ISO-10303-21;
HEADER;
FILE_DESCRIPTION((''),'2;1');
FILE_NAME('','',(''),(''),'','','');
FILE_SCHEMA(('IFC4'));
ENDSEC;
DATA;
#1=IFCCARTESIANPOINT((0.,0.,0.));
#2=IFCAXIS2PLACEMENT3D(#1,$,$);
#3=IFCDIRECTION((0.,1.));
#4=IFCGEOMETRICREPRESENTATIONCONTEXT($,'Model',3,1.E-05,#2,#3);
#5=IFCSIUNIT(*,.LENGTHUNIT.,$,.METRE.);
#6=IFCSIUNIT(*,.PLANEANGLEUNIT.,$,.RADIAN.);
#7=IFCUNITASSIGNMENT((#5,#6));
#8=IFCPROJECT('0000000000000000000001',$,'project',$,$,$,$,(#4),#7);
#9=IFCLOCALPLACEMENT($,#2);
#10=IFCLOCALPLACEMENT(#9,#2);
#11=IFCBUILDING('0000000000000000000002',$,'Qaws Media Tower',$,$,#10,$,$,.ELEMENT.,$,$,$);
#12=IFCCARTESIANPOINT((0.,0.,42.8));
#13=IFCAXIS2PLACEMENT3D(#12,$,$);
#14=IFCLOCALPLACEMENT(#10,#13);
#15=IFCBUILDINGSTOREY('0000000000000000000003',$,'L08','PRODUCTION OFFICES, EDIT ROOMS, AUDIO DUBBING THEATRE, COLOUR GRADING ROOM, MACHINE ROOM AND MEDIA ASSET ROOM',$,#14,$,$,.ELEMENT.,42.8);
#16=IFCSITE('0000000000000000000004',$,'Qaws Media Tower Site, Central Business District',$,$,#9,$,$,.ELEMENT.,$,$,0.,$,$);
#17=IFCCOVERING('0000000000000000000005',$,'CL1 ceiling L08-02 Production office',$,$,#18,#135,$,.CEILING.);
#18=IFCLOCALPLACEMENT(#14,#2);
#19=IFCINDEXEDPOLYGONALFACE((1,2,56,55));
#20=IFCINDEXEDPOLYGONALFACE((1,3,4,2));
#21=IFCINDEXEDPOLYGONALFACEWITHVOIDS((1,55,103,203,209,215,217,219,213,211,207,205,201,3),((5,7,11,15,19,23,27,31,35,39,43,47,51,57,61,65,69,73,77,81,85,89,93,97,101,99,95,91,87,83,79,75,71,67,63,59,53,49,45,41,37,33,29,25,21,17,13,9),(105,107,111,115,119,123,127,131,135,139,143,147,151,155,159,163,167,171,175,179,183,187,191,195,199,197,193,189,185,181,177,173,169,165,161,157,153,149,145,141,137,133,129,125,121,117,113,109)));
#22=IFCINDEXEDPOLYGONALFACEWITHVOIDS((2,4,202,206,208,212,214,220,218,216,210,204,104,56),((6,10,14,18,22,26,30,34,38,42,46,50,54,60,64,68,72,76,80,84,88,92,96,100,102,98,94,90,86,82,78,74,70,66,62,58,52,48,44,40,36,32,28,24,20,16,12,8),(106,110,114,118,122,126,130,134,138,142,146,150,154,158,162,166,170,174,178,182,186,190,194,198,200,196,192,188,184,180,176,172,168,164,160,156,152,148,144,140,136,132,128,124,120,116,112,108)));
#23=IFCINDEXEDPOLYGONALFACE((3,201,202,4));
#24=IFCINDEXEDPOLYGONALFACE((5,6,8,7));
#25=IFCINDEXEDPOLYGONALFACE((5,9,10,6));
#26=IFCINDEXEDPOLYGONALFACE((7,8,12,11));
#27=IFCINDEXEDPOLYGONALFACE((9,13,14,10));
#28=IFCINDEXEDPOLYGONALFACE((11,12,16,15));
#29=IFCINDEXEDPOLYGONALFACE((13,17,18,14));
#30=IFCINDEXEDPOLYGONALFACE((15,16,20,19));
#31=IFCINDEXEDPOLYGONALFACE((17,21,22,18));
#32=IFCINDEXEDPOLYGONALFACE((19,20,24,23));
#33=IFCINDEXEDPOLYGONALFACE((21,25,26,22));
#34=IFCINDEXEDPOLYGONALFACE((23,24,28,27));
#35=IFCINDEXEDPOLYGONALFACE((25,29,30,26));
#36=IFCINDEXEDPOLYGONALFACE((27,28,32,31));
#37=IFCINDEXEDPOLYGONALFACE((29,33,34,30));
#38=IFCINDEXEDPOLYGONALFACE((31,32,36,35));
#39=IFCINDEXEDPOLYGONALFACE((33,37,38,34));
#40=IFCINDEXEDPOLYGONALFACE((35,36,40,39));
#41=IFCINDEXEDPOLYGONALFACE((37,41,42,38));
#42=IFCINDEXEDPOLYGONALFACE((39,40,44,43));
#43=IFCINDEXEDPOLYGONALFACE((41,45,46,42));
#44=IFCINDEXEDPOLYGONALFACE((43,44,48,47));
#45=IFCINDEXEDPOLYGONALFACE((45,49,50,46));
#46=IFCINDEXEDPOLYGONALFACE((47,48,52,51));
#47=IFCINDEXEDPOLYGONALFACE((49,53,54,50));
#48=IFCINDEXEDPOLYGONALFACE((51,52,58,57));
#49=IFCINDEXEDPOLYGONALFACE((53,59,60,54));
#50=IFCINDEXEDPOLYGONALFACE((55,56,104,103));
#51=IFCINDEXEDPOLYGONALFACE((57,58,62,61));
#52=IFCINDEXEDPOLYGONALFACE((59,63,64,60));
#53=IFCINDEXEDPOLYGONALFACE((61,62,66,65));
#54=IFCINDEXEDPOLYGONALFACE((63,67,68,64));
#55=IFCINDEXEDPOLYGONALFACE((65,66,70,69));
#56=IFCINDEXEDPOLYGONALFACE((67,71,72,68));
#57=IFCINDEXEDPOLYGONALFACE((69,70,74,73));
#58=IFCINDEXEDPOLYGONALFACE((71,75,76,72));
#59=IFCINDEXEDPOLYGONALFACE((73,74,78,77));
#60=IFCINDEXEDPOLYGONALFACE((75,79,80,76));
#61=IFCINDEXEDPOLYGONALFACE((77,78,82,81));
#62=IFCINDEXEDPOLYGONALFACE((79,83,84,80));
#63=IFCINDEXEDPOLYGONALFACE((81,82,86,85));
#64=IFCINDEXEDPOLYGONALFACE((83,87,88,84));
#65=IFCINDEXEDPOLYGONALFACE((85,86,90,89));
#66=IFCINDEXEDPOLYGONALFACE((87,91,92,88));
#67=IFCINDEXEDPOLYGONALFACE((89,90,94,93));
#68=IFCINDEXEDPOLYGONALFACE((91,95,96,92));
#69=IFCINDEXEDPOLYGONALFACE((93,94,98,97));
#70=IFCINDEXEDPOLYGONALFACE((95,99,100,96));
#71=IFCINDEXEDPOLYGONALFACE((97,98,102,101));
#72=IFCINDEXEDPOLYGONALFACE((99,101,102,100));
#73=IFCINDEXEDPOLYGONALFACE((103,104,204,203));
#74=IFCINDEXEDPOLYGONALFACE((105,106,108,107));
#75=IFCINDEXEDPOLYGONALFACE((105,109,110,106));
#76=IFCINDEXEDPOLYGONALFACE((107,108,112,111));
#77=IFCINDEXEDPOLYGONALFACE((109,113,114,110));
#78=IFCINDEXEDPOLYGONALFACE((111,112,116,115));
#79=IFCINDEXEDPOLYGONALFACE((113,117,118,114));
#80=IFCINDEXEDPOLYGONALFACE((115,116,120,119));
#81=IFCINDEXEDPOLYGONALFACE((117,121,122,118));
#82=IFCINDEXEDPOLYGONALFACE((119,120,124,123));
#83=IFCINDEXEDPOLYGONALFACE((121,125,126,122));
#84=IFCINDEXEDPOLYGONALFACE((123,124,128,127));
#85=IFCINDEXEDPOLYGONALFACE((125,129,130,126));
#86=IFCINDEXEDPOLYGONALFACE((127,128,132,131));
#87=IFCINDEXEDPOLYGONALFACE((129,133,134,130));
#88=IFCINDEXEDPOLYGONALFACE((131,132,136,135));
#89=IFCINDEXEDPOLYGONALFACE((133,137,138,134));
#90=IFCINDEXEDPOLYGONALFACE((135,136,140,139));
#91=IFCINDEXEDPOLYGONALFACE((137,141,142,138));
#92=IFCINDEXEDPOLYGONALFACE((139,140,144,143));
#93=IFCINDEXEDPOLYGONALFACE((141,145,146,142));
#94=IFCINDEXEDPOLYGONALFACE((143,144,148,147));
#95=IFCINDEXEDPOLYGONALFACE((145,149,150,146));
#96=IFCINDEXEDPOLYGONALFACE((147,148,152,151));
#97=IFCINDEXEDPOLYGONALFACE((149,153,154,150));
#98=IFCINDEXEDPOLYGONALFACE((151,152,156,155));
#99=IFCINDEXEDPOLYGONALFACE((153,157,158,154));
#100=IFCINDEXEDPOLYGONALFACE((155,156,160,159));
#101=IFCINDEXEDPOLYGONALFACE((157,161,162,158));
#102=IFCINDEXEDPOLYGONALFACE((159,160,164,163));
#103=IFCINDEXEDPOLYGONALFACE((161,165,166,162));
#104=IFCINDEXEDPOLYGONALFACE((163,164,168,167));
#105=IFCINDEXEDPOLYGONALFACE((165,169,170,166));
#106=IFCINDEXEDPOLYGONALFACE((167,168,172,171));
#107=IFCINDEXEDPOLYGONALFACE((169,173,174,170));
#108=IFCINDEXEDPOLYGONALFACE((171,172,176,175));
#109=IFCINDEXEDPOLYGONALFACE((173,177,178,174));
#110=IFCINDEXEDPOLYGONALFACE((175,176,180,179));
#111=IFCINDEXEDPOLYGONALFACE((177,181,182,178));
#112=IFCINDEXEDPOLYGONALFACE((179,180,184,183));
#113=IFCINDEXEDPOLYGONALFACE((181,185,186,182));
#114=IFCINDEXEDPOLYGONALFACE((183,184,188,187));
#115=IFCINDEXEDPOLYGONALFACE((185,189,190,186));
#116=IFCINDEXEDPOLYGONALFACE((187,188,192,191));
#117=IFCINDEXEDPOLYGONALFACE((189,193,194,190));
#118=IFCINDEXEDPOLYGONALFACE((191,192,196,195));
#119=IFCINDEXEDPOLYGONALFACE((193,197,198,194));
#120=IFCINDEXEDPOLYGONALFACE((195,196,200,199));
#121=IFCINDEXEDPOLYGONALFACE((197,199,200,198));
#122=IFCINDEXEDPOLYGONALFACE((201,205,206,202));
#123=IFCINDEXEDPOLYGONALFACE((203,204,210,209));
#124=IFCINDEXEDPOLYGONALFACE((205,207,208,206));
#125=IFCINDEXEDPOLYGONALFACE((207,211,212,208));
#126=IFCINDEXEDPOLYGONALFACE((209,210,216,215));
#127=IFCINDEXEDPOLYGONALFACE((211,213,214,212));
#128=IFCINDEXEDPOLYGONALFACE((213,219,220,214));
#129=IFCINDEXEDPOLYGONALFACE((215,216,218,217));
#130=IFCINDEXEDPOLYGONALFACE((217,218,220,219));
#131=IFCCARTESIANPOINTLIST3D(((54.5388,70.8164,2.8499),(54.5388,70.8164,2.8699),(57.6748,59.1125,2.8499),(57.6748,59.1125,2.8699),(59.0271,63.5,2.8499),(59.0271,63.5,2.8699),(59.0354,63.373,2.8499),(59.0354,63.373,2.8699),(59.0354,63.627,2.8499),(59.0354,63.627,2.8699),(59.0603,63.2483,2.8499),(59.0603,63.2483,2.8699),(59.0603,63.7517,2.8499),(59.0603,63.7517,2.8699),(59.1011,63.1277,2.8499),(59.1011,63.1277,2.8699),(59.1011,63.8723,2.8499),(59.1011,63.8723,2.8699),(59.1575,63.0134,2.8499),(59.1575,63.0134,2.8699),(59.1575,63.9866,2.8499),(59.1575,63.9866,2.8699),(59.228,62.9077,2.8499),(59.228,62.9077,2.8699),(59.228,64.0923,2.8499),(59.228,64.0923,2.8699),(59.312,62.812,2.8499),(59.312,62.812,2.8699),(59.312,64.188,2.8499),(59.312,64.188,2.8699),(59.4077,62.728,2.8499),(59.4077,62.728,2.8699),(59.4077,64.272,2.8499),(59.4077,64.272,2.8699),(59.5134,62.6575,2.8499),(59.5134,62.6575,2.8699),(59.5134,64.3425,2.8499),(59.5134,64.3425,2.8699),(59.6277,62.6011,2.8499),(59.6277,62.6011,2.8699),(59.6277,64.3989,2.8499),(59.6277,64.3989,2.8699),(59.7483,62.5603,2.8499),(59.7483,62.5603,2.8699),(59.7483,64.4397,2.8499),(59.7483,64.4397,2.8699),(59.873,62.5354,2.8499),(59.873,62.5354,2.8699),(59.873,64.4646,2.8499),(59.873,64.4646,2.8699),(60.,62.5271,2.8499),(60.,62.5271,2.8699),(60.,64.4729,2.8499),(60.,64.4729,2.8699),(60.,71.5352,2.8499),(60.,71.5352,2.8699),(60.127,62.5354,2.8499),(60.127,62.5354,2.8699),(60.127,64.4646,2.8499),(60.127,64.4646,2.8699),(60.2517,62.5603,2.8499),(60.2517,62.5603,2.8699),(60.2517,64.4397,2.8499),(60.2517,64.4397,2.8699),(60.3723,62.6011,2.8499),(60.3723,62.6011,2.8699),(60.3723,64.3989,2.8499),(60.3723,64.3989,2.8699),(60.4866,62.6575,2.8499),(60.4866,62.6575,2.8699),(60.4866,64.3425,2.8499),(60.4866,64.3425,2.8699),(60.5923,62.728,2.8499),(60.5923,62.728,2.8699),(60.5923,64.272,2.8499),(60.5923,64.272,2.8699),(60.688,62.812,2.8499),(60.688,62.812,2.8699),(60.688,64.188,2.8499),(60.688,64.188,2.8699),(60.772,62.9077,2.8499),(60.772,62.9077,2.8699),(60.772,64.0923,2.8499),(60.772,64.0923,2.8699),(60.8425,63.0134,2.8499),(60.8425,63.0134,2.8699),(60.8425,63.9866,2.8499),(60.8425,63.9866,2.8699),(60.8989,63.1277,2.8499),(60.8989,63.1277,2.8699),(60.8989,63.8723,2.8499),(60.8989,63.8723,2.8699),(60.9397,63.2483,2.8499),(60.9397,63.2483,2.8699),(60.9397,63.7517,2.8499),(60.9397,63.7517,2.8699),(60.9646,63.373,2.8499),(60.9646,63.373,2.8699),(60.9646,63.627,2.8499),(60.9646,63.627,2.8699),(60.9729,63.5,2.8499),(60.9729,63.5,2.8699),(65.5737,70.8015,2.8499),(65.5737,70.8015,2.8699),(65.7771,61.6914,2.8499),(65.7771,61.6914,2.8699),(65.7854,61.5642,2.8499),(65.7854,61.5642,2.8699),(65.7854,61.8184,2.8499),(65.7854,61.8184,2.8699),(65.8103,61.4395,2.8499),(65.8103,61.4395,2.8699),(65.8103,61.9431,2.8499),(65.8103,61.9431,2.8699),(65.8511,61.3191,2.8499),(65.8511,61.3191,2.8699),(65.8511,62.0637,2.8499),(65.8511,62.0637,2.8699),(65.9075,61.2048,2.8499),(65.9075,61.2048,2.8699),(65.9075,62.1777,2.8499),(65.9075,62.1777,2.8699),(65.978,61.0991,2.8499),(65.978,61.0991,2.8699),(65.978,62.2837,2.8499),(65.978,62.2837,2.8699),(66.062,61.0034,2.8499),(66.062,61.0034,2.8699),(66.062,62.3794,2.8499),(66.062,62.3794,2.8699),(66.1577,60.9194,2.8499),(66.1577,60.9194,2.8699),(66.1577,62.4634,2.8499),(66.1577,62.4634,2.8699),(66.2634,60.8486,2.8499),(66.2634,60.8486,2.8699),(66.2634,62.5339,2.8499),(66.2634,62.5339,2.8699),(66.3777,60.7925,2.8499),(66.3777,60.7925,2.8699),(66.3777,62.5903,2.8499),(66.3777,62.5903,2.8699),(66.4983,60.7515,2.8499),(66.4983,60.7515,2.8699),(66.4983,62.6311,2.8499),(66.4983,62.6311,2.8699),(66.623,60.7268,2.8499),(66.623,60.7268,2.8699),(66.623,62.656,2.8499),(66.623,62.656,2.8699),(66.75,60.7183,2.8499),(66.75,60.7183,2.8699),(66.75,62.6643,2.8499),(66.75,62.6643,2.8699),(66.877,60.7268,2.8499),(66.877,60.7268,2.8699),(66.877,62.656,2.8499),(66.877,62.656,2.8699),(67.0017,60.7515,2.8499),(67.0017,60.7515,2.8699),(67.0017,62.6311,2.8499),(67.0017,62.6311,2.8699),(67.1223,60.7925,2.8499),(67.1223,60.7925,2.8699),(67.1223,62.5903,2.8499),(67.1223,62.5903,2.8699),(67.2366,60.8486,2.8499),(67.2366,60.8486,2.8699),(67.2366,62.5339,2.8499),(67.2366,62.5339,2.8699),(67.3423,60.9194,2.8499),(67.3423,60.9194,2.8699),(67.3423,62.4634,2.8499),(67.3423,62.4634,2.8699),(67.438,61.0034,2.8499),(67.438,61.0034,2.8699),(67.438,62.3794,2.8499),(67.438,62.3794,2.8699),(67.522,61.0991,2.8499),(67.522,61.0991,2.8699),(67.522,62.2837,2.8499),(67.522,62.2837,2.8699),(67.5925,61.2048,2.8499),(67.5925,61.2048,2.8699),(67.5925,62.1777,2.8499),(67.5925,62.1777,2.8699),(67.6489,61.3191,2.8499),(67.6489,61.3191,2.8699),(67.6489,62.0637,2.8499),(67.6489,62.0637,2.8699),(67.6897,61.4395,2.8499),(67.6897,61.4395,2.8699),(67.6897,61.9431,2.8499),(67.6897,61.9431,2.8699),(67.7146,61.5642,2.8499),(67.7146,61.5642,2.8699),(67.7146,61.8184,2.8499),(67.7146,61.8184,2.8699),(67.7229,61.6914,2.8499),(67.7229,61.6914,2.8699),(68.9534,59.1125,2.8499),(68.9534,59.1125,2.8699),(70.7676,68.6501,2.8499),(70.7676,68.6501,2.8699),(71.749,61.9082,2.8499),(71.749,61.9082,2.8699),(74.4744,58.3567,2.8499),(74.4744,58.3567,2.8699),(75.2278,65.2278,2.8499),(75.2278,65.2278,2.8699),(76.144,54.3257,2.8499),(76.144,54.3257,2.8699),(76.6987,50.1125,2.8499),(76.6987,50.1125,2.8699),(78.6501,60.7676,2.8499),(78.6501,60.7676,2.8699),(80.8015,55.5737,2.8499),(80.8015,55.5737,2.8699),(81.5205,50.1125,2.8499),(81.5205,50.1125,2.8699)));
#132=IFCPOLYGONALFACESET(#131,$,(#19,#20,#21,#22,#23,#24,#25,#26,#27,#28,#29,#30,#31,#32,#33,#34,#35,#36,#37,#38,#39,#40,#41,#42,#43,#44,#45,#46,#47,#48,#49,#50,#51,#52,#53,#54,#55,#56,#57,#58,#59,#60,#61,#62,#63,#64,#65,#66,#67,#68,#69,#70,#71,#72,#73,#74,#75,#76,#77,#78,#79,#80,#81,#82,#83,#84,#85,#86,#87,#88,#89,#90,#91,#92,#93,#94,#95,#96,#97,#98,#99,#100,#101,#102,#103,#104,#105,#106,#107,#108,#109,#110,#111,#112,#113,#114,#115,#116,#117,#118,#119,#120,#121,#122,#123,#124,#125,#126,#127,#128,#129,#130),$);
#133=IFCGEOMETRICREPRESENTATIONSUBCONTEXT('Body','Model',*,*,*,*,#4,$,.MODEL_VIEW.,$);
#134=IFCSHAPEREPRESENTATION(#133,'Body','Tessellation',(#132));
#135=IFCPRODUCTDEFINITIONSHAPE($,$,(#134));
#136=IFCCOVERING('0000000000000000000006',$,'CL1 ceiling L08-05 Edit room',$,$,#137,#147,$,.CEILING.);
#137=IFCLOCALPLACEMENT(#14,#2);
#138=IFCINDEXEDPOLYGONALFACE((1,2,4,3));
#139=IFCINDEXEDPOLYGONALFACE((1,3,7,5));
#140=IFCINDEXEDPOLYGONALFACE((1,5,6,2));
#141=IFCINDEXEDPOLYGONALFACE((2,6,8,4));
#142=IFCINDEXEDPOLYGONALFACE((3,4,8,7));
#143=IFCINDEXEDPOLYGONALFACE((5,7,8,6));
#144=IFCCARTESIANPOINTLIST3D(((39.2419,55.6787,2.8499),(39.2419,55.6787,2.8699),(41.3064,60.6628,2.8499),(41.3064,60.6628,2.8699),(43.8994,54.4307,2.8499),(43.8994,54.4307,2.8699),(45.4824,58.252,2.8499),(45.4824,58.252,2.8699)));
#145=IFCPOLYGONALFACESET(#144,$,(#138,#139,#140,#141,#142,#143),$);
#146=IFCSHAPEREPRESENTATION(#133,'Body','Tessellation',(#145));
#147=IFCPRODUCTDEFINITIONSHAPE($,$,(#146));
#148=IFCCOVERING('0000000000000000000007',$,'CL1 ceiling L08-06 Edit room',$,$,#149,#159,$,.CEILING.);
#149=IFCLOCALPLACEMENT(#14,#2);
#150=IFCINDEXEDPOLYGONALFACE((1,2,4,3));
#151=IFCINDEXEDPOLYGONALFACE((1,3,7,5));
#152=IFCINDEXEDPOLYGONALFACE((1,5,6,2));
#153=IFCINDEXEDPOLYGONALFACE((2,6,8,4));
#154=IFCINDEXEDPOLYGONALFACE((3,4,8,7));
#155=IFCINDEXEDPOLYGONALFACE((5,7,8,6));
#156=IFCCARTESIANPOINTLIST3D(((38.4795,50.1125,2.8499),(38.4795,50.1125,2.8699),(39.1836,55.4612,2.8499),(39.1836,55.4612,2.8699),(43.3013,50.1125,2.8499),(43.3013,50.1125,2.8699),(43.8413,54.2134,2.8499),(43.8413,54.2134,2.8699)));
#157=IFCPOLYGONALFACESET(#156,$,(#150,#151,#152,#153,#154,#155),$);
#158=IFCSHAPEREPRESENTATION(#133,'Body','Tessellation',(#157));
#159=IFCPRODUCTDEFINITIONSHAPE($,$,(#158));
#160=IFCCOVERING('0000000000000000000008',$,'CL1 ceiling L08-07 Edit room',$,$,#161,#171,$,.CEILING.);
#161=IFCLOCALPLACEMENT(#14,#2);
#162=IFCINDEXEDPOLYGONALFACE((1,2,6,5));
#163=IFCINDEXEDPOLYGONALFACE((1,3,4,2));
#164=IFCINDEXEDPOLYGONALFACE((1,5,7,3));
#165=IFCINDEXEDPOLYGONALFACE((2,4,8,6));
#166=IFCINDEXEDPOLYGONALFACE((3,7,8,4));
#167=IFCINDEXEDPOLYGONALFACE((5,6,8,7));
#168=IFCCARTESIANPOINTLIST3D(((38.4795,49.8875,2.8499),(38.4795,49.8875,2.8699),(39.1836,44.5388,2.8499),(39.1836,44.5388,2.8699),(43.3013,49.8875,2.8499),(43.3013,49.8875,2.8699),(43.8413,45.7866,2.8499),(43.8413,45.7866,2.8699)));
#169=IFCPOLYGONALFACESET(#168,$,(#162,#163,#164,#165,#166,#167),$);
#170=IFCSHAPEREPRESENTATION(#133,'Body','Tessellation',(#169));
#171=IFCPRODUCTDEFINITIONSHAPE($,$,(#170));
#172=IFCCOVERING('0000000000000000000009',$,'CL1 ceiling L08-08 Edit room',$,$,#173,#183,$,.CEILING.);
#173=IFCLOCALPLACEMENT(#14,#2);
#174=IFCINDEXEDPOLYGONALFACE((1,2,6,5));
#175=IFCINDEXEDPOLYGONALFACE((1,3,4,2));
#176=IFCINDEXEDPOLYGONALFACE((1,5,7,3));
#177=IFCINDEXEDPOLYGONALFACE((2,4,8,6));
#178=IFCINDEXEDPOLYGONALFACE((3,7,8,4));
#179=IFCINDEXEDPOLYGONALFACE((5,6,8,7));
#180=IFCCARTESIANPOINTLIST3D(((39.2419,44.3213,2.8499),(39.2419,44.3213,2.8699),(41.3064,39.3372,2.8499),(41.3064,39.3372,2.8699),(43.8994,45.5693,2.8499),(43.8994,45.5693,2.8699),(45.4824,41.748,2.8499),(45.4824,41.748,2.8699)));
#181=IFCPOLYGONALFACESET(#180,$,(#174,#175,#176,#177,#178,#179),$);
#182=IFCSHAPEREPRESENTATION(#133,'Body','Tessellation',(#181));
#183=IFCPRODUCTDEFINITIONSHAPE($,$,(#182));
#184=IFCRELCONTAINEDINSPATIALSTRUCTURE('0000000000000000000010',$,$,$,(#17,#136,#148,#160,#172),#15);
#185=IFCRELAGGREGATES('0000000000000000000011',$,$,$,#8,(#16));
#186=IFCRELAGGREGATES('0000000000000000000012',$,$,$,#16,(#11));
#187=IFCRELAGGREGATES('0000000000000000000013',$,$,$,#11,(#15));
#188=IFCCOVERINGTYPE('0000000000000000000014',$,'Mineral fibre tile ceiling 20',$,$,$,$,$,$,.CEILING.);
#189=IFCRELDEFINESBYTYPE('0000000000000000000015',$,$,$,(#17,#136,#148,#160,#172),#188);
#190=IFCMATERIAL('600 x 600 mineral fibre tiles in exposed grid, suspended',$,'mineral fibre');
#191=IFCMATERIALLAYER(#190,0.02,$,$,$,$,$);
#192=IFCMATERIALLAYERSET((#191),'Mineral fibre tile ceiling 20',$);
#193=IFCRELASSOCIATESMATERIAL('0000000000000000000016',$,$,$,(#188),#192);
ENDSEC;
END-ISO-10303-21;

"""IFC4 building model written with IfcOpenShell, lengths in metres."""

from ifc_helpers import new_model, si_unit, direction, frame, origin, place, context, subcontext, project, spatial, polyline, outline, extrude, material, layer, layer_set, type_object, element, save


model = new_model("IFC4")

# Units and contexts
model_context = context("Model", 3, precision=1e-05, world=origin(), true_north=direction((0.0, 1.0)))
body_context = subcontext(model_context, "Body", "Model", "MODEL_VIEW")
ifc_project = project(units=[si_unit("LENGTHUNIT", "METRE"), si_unit("PLANEANGLEUNIT", "RADIAN")], contexts=[model_context])

# Site, building, storey
site_placement = place(None, origin())
site = spatial("IfcSite", under=ifc_project, at=site_placement, Name="Qaws Media Tower Site, Central Business District", CompositionType="ELEMENT", RefElevation=0.0)
building_placement = place(site_placement, origin())
building = spatial("IfcBuilding", under=site, at=building_placement, Name="Qaws Media Tower", CompositionType="ELEMENT")
storey_placement = place(building_placement, frame((0.0, 0.0, 42.8)))
storey = spatial("IfcBuildingStorey", under=building, at=storey_placement, Name="L08", Description="PRODUCTION OFFICES, EDIT ROOMS, AUDIO DUBBING THEATRE, COLOUR GRADING ROOM, MACHINE ROOM AND MEDIA ASSET ROOM", CompositionType="ELEMENT", Elevation=42.8)

# Coverings
ifc_material_1 = material(Name="600 x 600 mineral fibre tiles in exposed grid, suspended", Category="mineral fibre")
ifc_layer_1 = layer(ifc_material_1, 0.02)
ifc_layer_set_1 = layer_set([ifc_layer_1], Name="Mineral fibre tile ceiling 20")
covering_type_1 = type_object("IfcCoveringType", Name="Mineral fibre tile ceiling 20", PredefinedType="CEILING", material=ifc_layer_set_1)
covering_1_placement = place(storey_placement, frame((0.0, 0.0, 2.8499)))
element("IfcCovering", 1, at=covering_1_placement, inside=storey, type_object=covering_type_1, Name="CL1 ceiling L08-02 Production office", PredefinedType="CEILING", context=body_context, shape_type="SweptSolid", body=[
    extrude(outline(polyline([(60.0, 71.5352), (65.5737, 70.8015), (70.7676, 68.6501), (75.2278, 65.2278), (78.6501, 60.7676), (80.8015, 55.5737), (81.5205, 50.1125), (76.6987, 50.1125), (76.144, 54.3257), (74.4744, 58.3567), (71.749, 61.9082), (68.9534, 59.1125), (57.6748, 59.1125), (54.5388, 70.8164), (60.0, 71.5352)]), holes=[polyline([(60.8989, 63.1277), (60.9397, 63.2483), (60.9646, 63.373), (60.9729, 63.5), (60.9646, 63.627), (60.9397, 63.7517), (60.8989, 63.8723), (60.8425, 63.9866), (60.772, 64.0923), (60.688, 64.188), (60.5923, 64.272), (60.4866, 64.3425), (60.3723, 64.3989), (60.2517, 64.4397), (60.127, 64.4646), (60.0, 64.4729), (59.873, 64.4646), (59.7483, 64.4397), (59.6277, 64.3989), (59.5134, 64.3425), (59.4077, 64.272), (59.312, 64.188), (59.228, 64.0923), (59.1575, 63.9866), (59.1011, 63.8723), (59.0603, 63.7517), (59.0354, 63.627), (59.0271, 63.5), (59.0354, 63.373), (59.0603, 63.2483), (59.1011, 63.1277), (59.1575, 63.0134), (59.228, 62.9077), (59.312, 62.812), (59.4077, 62.728), (59.5134, 62.6575), (59.6277, 62.6011), (59.7483, 62.5603), (59.873, 62.5354), (60.0, 62.5271), (60.127, 62.5354), (60.2517, 62.5603), (60.3723, 62.6011), (60.4866, 62.6575), (60.5923, 62.728), (60.688, 62.812), (60.772, 62.9077), (60.8425, 63.0134), (60.8989, 63.1277)]), polyline([(67.6489, 61.3191), (67.6897, 61.4395), (67.7146, 61.5642), (67.7229, 61.6914), (67.7146, 61.8184), (67.6897, 61.9431), (67.6489, 62.0637), (67.5925, 62.1777), (67.522, 62.2837), (67.438, 62.3794), (67.3423, 62.4634), (67.2366, 62.5339), (67.1223, 62.5903), (67.0017, 62.6311), (66.877, 62.656), (66.75, 62.6643), (66.623, 62.656), (66.4983, 62.6311), (66.3777, 62.5903), (66.2634, 62.5339), (66.1577, 62.4634), (66.062, 62.3794), (65.978, 62.2837), (65.9075, 62.1777), (65.8511, 62.0637), (65.8103, 61.9431), (65.7854, 61.8184), (65.7771, 61.6914), (65.7854, 61.5642), (65.8103, 61.4395), (65.8511, 61.3191), (65.9075, 61.2048), (65.978, 61.0991), (66.062, 61.0034), (66.1577, 60.9194), (66.2634, 60.8486), (66.3777, 60.7925), (66.4983, 60.7515), (66.623, 60.7268), (66.75, 60.7183), (66.877, 60.7268), (67.0017, 60.7515), (67.1223, 60.7925), (67.2366, 60.8486), (67.3423, 60.9194), (67.438, 61.0034), (67.522, 61.0991), (67.5925, 61.2048), (67.6489, 61.3191)])]), origin(), (0.0, 0.0, 1.0), 0.02),
])
covering_2_placement = place(storey_placement, frame((0.0, 0.0, 2.8499)))
element("IfcCovering", 2, at=covering_2_placement, inside=storey, type_object=covering_type_1, Name="CL1 ceiling L08-05 Edit room", PredefinedType="CEILING", context=body_context, shape_type="SweptSolid", body=[
    extrude(outline(polyline([(41.3064, 60.6628), (45.4824, 58.252), (43.8994, 54.4307), (39.2419, 55.6787), (41.3064, 60.6628)])), origin(), (0.0, 0.0, 1.0), 0.02),
])
covering_3_placement = place(storey_placement, frame((0.0, 0.0, 2.8499)))
element("IfcCovering", 3, at=covering_3_placement, inside=storey, type_object=covering_type_1, Name="CL1 ceiling L08-06 Edit room", PredefinedType="CEILING", context=body_context, shape_type="SweptSolid", body=[
    extrude(outline(polyline([(39.1836, 55.4612), (43.8413, 54.2134), (43.3013, 50.1125), (38.4795, 50.1125), (39.1836, 55.4612)])), origin(), (0.0, 0.0, 1.0), 0.02),
])
covering_4_placement = place(storey_placement, frame((0.0, 0.0, 2.8499)))
element("IfcCovering", 4, at=covering_4_placement, inside=storey, type_object=covering_type_1, Name="CL1 ceiling L08-07 Edit room", PredefinedType="CEILING", context=body_context, shape_type="SweptSolid", body=[
    extrude(outline(polyline([(38.4795, 49.8875), (43.3013, 49.8875), (43.8413, 45.7866), (39.1836, 44.5388), (38.4795, 49.8875)])), origin(), (0.0, 0.0, 1.0), 0.02),
])
covering_5_placement = place(storey_placement, frame((0.0, 0.0, 2.8499)))
element("IfcCovering", 5, at=covering_5_placement, inside=storey, type_object=covering_type_1, Name="CL1 ceiling L08-08 Edit room", PredefinedType="CEILING", context=body_context, shape_type="SweptSolid", body=[
    extrude(outline(polyline([(39.2419, 44.3213), (43.8994, 45.5693), (45.4824, 41.748), (41.3064, 39.3372), (39.2419, 44.3213)])), origin(), (0.0, 0.0, 1.0), 0.02),
])

save(model, "model.ifc")
